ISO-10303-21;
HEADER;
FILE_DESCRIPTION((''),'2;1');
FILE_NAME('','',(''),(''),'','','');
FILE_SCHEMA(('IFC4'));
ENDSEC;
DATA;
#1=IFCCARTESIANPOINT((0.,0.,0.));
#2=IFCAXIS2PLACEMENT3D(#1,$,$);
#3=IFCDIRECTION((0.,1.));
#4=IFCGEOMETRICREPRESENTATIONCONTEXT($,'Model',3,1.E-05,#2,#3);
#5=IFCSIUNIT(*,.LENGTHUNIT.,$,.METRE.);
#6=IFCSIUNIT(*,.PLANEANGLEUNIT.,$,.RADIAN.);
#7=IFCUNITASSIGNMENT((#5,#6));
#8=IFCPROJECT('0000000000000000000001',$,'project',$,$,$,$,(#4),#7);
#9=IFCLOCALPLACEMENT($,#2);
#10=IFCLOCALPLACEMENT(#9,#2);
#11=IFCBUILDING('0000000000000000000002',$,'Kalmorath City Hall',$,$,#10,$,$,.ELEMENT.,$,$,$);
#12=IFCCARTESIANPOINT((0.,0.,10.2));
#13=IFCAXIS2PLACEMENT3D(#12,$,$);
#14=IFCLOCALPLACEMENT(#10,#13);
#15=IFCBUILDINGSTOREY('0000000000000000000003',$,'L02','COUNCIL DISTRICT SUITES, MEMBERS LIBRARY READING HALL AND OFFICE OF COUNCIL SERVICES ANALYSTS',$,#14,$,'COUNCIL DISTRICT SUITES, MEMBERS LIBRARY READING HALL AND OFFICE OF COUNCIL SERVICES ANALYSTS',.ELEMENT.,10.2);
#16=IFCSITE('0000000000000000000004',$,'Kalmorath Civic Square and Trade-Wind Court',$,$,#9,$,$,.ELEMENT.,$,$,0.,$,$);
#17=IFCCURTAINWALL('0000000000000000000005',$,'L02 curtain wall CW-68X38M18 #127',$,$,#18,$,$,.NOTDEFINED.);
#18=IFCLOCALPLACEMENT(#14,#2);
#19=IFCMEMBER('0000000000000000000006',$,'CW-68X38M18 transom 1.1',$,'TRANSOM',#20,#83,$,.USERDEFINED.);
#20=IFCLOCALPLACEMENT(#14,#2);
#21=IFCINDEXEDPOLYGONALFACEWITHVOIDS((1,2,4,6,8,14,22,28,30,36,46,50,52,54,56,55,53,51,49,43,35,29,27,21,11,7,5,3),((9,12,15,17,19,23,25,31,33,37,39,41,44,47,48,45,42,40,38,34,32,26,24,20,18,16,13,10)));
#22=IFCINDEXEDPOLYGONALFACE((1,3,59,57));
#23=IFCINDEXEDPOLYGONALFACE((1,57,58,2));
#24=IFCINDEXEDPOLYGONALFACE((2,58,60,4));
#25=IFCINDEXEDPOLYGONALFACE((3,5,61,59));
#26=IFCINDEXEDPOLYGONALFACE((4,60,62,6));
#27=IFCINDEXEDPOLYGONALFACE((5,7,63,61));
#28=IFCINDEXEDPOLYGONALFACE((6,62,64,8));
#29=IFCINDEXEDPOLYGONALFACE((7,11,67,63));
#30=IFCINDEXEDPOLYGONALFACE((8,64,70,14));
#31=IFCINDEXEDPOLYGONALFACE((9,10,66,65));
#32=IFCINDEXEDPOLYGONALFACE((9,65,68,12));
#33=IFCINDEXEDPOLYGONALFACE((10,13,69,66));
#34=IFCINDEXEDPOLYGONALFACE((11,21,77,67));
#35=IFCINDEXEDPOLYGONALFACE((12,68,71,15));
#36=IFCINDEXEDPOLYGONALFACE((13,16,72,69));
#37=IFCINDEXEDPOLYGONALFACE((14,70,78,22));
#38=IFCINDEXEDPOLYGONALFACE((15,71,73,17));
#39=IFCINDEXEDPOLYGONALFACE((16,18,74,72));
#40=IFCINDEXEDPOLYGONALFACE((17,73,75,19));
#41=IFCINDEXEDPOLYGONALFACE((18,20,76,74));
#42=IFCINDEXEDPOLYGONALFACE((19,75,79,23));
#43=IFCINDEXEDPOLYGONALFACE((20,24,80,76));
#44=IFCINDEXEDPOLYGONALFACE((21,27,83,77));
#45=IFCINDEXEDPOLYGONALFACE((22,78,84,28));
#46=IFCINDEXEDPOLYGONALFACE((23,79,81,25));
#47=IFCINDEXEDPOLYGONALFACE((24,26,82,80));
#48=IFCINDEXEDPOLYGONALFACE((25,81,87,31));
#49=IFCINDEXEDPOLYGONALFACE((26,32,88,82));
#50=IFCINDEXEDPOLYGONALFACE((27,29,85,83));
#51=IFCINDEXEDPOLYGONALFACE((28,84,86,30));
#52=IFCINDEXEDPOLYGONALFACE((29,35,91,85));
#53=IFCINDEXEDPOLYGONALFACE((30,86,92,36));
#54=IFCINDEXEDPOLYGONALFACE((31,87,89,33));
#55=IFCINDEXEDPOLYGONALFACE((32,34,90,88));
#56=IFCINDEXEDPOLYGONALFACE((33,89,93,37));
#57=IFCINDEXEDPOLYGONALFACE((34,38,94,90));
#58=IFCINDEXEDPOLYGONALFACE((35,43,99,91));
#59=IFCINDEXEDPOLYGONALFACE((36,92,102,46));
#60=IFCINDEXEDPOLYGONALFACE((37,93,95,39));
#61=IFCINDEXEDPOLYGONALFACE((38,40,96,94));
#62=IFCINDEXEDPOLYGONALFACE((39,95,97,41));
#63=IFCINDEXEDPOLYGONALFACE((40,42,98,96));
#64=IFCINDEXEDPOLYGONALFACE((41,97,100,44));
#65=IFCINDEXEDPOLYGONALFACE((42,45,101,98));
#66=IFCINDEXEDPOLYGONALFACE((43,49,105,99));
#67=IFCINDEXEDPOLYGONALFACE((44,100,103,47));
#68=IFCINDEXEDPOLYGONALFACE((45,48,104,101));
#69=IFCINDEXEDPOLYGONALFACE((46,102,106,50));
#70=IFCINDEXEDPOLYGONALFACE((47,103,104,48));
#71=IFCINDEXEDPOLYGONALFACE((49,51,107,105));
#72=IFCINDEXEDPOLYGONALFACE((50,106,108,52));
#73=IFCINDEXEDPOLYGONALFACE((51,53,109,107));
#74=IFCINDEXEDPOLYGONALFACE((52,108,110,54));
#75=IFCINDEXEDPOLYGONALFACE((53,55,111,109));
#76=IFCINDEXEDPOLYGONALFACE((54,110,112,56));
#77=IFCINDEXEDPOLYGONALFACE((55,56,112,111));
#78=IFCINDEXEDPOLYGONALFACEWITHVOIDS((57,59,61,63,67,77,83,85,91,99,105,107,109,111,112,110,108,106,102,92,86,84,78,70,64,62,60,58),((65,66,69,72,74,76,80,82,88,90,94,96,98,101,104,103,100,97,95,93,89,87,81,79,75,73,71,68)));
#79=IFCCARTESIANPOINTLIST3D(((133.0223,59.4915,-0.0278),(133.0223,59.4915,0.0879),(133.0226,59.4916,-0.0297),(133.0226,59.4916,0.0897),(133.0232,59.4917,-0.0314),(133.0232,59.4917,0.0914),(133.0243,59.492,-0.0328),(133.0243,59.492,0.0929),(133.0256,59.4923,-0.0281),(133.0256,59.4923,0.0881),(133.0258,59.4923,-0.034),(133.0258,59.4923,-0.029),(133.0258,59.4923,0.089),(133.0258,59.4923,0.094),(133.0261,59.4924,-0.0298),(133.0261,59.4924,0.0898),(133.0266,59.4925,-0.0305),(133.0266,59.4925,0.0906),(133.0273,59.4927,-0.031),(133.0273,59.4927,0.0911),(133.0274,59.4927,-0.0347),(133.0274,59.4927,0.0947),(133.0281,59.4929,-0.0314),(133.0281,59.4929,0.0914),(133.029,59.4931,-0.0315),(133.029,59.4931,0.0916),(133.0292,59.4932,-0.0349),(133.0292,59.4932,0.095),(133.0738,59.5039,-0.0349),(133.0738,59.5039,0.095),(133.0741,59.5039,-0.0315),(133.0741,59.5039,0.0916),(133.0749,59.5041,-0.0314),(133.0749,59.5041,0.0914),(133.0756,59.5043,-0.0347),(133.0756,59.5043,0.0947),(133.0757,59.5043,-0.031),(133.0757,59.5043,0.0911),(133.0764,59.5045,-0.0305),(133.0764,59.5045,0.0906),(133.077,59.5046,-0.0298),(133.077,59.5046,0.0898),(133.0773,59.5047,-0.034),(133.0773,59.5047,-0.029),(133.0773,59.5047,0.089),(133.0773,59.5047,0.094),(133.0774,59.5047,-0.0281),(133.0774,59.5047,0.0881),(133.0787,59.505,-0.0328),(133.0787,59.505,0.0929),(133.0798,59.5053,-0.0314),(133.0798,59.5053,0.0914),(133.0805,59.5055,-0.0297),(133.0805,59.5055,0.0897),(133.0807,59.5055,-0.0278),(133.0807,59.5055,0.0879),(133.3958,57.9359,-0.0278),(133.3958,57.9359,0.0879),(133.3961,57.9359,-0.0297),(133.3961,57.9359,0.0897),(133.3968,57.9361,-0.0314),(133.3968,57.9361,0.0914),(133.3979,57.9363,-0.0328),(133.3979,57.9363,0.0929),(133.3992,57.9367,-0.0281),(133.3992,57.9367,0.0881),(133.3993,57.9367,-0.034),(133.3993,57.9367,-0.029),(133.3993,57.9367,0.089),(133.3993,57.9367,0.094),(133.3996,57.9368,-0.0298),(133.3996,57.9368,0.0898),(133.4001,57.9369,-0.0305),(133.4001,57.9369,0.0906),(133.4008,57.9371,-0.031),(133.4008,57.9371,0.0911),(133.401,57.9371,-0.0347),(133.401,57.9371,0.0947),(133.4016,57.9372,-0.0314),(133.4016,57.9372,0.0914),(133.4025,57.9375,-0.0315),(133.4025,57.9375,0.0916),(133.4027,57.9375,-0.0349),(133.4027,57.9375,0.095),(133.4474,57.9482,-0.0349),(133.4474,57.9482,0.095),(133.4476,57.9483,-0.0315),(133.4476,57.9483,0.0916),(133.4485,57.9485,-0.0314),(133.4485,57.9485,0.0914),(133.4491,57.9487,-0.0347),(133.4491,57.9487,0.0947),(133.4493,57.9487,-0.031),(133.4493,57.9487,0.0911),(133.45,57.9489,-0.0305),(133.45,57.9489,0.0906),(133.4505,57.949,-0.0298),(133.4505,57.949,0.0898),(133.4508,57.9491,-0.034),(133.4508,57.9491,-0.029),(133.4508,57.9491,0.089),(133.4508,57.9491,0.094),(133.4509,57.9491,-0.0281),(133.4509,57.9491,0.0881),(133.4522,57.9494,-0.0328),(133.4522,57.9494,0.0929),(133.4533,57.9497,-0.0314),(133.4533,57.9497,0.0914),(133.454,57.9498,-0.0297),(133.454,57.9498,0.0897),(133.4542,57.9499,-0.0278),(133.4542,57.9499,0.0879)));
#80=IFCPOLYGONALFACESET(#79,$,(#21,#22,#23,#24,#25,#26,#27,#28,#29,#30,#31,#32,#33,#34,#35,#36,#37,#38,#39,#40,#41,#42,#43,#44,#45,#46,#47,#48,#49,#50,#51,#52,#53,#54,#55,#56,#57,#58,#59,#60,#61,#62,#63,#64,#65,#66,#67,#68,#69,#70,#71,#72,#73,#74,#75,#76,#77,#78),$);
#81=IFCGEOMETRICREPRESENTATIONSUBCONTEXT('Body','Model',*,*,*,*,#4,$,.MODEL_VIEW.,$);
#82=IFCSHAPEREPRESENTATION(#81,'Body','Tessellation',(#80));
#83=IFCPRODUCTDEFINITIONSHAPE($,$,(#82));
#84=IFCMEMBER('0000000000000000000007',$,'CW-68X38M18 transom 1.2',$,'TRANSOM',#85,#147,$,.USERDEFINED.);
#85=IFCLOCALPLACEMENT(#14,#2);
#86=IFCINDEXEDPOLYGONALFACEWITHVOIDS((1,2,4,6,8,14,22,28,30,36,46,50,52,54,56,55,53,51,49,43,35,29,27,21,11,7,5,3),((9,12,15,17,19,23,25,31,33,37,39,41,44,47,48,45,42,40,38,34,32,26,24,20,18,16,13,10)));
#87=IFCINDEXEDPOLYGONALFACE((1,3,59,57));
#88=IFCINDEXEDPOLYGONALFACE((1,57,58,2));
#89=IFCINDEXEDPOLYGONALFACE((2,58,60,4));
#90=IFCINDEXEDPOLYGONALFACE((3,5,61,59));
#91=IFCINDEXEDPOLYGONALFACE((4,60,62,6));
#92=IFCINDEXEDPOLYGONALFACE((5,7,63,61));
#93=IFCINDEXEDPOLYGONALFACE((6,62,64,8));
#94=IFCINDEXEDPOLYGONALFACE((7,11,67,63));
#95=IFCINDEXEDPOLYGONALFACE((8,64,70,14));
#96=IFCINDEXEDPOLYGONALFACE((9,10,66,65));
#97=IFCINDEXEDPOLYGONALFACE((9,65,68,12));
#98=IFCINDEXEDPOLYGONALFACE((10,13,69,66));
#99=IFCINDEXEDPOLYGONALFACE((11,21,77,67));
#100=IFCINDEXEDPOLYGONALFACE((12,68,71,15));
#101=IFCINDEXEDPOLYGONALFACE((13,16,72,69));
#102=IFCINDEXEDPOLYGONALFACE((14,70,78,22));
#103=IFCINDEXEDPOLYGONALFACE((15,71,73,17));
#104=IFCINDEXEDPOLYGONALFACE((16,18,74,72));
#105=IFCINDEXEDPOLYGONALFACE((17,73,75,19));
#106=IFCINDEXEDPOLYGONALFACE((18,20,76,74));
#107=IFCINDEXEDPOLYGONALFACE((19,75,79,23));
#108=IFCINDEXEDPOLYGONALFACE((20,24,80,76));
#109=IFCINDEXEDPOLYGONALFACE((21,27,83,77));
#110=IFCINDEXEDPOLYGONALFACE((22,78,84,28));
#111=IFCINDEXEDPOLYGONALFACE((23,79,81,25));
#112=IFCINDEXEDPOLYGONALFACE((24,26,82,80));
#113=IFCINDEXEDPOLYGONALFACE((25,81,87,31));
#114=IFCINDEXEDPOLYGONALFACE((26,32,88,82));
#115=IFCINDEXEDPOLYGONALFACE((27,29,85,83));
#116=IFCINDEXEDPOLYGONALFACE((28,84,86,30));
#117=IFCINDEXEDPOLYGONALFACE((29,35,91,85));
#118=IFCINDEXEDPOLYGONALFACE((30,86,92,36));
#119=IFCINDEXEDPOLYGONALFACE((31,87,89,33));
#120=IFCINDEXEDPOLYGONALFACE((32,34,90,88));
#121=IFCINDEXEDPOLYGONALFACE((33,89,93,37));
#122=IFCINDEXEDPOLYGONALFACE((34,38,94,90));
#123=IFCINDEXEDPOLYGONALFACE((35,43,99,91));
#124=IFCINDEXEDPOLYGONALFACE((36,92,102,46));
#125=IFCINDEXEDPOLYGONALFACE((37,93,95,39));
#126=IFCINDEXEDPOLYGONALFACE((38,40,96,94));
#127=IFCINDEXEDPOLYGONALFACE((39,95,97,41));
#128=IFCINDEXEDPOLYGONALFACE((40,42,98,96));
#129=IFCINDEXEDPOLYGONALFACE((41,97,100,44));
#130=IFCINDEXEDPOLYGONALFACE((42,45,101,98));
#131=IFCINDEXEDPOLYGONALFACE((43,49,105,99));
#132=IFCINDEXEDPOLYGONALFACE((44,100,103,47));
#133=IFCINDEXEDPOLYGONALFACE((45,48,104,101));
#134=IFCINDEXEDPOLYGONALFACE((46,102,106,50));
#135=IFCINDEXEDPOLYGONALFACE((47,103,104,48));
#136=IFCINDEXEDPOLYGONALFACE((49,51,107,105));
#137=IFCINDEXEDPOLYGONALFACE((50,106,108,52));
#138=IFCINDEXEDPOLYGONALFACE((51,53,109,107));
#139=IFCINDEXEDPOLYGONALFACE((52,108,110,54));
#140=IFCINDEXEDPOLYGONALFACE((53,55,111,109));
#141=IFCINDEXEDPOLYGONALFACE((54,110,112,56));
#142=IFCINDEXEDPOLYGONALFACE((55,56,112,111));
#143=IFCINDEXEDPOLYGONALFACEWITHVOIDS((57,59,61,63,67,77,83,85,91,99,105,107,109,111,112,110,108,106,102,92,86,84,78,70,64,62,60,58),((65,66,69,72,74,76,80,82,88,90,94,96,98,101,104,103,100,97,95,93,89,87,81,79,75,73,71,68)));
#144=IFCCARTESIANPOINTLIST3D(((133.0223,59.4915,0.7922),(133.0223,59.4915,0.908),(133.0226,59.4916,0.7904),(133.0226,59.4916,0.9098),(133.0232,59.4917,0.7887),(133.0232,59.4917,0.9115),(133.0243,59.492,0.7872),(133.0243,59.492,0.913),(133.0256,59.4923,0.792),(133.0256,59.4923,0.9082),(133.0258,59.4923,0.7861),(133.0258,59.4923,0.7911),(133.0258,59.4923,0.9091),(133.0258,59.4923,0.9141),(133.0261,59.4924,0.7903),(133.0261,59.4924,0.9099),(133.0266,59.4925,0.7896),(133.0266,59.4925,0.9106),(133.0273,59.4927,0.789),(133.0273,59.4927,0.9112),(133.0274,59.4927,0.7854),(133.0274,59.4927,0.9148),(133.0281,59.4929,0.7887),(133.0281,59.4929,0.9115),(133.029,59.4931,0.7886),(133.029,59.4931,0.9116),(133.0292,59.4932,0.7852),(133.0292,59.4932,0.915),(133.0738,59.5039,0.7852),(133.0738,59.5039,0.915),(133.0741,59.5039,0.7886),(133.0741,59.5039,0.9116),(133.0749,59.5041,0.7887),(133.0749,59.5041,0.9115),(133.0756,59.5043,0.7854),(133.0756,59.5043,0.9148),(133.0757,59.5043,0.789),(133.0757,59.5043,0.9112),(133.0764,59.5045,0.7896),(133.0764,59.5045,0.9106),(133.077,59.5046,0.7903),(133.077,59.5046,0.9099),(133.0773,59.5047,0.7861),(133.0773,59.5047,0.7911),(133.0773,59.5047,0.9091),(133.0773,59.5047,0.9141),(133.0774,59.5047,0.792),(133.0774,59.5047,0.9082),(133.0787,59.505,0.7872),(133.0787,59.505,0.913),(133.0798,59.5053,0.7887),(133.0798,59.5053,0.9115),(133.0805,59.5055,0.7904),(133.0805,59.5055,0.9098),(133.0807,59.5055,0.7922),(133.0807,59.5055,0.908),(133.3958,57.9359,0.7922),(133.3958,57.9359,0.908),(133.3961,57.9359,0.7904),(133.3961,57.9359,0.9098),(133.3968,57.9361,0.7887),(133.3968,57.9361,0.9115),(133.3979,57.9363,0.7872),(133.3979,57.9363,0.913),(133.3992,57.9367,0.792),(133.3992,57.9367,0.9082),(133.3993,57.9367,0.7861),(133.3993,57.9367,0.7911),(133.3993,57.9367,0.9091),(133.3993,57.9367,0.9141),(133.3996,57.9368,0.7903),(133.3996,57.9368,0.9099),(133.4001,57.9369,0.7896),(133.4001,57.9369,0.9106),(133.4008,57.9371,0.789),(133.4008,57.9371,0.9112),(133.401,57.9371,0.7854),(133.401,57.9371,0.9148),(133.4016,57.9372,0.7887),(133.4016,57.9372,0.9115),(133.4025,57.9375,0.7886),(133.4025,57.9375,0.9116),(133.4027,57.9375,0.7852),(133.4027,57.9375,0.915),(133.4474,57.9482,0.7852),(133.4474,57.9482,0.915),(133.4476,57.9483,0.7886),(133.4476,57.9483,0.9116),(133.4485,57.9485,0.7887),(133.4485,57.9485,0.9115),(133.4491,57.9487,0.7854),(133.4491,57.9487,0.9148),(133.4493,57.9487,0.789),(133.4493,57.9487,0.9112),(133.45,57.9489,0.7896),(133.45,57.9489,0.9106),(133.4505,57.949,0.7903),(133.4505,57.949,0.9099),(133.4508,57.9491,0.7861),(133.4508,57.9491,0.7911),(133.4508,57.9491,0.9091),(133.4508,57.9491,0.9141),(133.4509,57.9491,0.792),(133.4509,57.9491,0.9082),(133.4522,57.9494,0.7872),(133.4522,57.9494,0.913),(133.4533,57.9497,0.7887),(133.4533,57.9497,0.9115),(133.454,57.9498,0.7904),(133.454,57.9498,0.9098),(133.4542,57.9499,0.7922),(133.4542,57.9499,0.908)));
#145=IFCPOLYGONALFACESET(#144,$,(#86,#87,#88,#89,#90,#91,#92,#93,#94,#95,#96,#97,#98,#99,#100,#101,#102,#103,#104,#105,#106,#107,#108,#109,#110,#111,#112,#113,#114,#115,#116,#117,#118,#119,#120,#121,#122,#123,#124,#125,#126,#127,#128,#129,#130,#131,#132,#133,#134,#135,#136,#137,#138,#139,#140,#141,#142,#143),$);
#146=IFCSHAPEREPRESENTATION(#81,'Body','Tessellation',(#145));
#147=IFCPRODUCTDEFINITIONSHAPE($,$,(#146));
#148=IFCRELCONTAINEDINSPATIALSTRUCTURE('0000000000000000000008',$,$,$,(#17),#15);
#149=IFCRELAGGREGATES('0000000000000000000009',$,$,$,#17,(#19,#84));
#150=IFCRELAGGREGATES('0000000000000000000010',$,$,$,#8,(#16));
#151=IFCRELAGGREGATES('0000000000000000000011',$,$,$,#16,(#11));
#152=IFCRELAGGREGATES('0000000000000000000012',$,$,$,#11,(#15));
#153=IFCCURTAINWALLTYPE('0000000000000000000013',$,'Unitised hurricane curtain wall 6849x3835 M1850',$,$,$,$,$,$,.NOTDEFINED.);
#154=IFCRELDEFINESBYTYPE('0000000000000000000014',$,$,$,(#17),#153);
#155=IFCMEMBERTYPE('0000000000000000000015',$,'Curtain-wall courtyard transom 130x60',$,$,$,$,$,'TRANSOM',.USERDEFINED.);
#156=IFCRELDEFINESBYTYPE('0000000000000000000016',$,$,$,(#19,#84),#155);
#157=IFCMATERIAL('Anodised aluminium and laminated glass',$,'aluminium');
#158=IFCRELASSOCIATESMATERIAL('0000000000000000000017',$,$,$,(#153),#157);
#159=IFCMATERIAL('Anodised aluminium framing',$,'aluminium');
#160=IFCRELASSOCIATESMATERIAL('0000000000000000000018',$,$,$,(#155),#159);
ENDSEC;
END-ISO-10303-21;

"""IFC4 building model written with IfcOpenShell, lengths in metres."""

from ifc_helpers import new_model, si_unit, direction, frame, origin, origin_2d, place, context, subcontext, project, spatial, hollow_rectangle, extrude, material, material_profile, profile_set, type_object, element, aggregate, save


model = new_model("IFC4")

# Units and contexts
model_context = context("Model", 3, precision=1e-05, world=origin(), true_north=direction((0.0, 1.0)))
body_context = subcontext(model_context, "Body", "Model", "MODEL_VIEW")
ifc_project = project(units=[si_unit("LENGTHUNIT", "METRE"), si_unit("PLANEANGLEUNIT", "RADIAN")], contexts=[model_context])

# Site, building, storey
site_placement = place(None, origin())
site = spatial("IfcSite", under=ifc_project, at=site_placement, Name="Kalmorath Civic Square and Trade-Wind Court", CompositionType="ELEMENT", RefElevation=0.0)
building_placement = place(site_placement, origin())
building = spatial("IfcBuilding", under=site, at=building_placement, Name="Kalmorath City Hall", CompositionType="ELEMENT")
storey_placement = place(building_placement, frame((0.0, 0.0, 10.2)))
storey = spatial("IfcBuildingStorey", under=building, at=storey_placement, Name="L02", Description="COUNCIL DISTRICT SUITES, MEMBERS LIBRARY READING HALL AND OFFICE OF COUNCIL SERVICES ANALYSTS", LongName="COUNCIL DISTRICT SUITES, MEMBERS LIBRARY READING HALL AND OFFICE OF COUNCIL SERVICES ANALYSTS", CompositionType="ELEMENT", Elevation=10.2)

# Curtain wall, members
ifc_material_1 = material(Name="Anodised aluminium and laminated glass", Category="aluminium")
curtain_wall_type = type_object("IfcCurtainWallType", Name="Unitised hurricane curtain wall 6849x3835 M1850", PredefinedType="NOTDEFINED", material=ifc_material_1)
ifc_material_2 = material(Name="Anodised aluminium framing", Category="aluminium")
ifc_material_profile_1 = material_profile(ifc_material_2, hollow_rectangle(XDim=0.0601, YDim=0.1299, WallThickness=0.0034, InnerFilletRadius=0.0034, OuterFilletRadius=0.0071, at=origin_2d()), Name="ALU-TRN-130X60X3.5")
ifc_profile_set_1 = profile_set([ifc_material_profile_1], Name="Anodised aluminium framing")
member_type_1 = type_object("IfcMemberType", Name="Curtain-wall courtyard transom 130x60", ElementType="TRANSOM", PredefinedType="USERDEFINED", material=ifc_profile_set_1)
curtain_wall_1_placement = place(storey_placement, origin())
curtain_wall_1 = element("IfcCurtainWall", 1, at=curtain_wall_1_placement, inside=storey, type_object=curtain_wall_type, Name="L02 curtain wall CW-68X38M18 #127", PredefinedType="NOTDEFINED")
member_1_placement = place(storey_placement, frame((133.425, 57.9429, 0.03), z_axis=(-0.233477, 0.972362, 0.0), x_axis=(-0.972362, -0.233477, 0.0)))
member_1 = element("IfcMember", 2, at=member_1_placement, type_object=member_type_1, Name="CW-68X38M18 transom 1.1", ObjectType="TRANSOM", PredefinedType="USERDEFINED", context=body_context, shape_type="SweptSolid", body=[
    extrude(hollow_rectangle(XDim=0.0601, YDim=0.1299, WallThickness=0.0034, InnerFilletRadius=0.0034, OuterFilletRadius=0.0071, at=origin_2d()), origin(), (0.0, 0.0, 1.0), 1.5999),
])
member_2_placement = place(storey_placement, frame((133.425, 57.9429, 0.8501), z_axis=(-0.233477, 0.972362, 0.0), x_axis=(-0.972362, -0.233477, 0.0)))
member_2 = element("IfcMember", 3, at=member_2_placement, type_object=member_type_1, Name="CW-68X38M18 transom 1.2", ObjectType="TRANSOM", PredefinedType="USERDEFINED", context=body_context, shape_type="SweptSolid", body=[
    extrude(hollow_rectangle(XDim=0.0601, YDim=0.1299, WallThickness=0.0034, InnerFilletRadius=0.0034, OuterFilletRadius=0.0071, at=origin_2d()), origin(), (0.0, 0.0, 1.0), 1.5999),
])

aggregate(curtain_wall_1, [member_1, member_2])

save(model, "model.ifc")
